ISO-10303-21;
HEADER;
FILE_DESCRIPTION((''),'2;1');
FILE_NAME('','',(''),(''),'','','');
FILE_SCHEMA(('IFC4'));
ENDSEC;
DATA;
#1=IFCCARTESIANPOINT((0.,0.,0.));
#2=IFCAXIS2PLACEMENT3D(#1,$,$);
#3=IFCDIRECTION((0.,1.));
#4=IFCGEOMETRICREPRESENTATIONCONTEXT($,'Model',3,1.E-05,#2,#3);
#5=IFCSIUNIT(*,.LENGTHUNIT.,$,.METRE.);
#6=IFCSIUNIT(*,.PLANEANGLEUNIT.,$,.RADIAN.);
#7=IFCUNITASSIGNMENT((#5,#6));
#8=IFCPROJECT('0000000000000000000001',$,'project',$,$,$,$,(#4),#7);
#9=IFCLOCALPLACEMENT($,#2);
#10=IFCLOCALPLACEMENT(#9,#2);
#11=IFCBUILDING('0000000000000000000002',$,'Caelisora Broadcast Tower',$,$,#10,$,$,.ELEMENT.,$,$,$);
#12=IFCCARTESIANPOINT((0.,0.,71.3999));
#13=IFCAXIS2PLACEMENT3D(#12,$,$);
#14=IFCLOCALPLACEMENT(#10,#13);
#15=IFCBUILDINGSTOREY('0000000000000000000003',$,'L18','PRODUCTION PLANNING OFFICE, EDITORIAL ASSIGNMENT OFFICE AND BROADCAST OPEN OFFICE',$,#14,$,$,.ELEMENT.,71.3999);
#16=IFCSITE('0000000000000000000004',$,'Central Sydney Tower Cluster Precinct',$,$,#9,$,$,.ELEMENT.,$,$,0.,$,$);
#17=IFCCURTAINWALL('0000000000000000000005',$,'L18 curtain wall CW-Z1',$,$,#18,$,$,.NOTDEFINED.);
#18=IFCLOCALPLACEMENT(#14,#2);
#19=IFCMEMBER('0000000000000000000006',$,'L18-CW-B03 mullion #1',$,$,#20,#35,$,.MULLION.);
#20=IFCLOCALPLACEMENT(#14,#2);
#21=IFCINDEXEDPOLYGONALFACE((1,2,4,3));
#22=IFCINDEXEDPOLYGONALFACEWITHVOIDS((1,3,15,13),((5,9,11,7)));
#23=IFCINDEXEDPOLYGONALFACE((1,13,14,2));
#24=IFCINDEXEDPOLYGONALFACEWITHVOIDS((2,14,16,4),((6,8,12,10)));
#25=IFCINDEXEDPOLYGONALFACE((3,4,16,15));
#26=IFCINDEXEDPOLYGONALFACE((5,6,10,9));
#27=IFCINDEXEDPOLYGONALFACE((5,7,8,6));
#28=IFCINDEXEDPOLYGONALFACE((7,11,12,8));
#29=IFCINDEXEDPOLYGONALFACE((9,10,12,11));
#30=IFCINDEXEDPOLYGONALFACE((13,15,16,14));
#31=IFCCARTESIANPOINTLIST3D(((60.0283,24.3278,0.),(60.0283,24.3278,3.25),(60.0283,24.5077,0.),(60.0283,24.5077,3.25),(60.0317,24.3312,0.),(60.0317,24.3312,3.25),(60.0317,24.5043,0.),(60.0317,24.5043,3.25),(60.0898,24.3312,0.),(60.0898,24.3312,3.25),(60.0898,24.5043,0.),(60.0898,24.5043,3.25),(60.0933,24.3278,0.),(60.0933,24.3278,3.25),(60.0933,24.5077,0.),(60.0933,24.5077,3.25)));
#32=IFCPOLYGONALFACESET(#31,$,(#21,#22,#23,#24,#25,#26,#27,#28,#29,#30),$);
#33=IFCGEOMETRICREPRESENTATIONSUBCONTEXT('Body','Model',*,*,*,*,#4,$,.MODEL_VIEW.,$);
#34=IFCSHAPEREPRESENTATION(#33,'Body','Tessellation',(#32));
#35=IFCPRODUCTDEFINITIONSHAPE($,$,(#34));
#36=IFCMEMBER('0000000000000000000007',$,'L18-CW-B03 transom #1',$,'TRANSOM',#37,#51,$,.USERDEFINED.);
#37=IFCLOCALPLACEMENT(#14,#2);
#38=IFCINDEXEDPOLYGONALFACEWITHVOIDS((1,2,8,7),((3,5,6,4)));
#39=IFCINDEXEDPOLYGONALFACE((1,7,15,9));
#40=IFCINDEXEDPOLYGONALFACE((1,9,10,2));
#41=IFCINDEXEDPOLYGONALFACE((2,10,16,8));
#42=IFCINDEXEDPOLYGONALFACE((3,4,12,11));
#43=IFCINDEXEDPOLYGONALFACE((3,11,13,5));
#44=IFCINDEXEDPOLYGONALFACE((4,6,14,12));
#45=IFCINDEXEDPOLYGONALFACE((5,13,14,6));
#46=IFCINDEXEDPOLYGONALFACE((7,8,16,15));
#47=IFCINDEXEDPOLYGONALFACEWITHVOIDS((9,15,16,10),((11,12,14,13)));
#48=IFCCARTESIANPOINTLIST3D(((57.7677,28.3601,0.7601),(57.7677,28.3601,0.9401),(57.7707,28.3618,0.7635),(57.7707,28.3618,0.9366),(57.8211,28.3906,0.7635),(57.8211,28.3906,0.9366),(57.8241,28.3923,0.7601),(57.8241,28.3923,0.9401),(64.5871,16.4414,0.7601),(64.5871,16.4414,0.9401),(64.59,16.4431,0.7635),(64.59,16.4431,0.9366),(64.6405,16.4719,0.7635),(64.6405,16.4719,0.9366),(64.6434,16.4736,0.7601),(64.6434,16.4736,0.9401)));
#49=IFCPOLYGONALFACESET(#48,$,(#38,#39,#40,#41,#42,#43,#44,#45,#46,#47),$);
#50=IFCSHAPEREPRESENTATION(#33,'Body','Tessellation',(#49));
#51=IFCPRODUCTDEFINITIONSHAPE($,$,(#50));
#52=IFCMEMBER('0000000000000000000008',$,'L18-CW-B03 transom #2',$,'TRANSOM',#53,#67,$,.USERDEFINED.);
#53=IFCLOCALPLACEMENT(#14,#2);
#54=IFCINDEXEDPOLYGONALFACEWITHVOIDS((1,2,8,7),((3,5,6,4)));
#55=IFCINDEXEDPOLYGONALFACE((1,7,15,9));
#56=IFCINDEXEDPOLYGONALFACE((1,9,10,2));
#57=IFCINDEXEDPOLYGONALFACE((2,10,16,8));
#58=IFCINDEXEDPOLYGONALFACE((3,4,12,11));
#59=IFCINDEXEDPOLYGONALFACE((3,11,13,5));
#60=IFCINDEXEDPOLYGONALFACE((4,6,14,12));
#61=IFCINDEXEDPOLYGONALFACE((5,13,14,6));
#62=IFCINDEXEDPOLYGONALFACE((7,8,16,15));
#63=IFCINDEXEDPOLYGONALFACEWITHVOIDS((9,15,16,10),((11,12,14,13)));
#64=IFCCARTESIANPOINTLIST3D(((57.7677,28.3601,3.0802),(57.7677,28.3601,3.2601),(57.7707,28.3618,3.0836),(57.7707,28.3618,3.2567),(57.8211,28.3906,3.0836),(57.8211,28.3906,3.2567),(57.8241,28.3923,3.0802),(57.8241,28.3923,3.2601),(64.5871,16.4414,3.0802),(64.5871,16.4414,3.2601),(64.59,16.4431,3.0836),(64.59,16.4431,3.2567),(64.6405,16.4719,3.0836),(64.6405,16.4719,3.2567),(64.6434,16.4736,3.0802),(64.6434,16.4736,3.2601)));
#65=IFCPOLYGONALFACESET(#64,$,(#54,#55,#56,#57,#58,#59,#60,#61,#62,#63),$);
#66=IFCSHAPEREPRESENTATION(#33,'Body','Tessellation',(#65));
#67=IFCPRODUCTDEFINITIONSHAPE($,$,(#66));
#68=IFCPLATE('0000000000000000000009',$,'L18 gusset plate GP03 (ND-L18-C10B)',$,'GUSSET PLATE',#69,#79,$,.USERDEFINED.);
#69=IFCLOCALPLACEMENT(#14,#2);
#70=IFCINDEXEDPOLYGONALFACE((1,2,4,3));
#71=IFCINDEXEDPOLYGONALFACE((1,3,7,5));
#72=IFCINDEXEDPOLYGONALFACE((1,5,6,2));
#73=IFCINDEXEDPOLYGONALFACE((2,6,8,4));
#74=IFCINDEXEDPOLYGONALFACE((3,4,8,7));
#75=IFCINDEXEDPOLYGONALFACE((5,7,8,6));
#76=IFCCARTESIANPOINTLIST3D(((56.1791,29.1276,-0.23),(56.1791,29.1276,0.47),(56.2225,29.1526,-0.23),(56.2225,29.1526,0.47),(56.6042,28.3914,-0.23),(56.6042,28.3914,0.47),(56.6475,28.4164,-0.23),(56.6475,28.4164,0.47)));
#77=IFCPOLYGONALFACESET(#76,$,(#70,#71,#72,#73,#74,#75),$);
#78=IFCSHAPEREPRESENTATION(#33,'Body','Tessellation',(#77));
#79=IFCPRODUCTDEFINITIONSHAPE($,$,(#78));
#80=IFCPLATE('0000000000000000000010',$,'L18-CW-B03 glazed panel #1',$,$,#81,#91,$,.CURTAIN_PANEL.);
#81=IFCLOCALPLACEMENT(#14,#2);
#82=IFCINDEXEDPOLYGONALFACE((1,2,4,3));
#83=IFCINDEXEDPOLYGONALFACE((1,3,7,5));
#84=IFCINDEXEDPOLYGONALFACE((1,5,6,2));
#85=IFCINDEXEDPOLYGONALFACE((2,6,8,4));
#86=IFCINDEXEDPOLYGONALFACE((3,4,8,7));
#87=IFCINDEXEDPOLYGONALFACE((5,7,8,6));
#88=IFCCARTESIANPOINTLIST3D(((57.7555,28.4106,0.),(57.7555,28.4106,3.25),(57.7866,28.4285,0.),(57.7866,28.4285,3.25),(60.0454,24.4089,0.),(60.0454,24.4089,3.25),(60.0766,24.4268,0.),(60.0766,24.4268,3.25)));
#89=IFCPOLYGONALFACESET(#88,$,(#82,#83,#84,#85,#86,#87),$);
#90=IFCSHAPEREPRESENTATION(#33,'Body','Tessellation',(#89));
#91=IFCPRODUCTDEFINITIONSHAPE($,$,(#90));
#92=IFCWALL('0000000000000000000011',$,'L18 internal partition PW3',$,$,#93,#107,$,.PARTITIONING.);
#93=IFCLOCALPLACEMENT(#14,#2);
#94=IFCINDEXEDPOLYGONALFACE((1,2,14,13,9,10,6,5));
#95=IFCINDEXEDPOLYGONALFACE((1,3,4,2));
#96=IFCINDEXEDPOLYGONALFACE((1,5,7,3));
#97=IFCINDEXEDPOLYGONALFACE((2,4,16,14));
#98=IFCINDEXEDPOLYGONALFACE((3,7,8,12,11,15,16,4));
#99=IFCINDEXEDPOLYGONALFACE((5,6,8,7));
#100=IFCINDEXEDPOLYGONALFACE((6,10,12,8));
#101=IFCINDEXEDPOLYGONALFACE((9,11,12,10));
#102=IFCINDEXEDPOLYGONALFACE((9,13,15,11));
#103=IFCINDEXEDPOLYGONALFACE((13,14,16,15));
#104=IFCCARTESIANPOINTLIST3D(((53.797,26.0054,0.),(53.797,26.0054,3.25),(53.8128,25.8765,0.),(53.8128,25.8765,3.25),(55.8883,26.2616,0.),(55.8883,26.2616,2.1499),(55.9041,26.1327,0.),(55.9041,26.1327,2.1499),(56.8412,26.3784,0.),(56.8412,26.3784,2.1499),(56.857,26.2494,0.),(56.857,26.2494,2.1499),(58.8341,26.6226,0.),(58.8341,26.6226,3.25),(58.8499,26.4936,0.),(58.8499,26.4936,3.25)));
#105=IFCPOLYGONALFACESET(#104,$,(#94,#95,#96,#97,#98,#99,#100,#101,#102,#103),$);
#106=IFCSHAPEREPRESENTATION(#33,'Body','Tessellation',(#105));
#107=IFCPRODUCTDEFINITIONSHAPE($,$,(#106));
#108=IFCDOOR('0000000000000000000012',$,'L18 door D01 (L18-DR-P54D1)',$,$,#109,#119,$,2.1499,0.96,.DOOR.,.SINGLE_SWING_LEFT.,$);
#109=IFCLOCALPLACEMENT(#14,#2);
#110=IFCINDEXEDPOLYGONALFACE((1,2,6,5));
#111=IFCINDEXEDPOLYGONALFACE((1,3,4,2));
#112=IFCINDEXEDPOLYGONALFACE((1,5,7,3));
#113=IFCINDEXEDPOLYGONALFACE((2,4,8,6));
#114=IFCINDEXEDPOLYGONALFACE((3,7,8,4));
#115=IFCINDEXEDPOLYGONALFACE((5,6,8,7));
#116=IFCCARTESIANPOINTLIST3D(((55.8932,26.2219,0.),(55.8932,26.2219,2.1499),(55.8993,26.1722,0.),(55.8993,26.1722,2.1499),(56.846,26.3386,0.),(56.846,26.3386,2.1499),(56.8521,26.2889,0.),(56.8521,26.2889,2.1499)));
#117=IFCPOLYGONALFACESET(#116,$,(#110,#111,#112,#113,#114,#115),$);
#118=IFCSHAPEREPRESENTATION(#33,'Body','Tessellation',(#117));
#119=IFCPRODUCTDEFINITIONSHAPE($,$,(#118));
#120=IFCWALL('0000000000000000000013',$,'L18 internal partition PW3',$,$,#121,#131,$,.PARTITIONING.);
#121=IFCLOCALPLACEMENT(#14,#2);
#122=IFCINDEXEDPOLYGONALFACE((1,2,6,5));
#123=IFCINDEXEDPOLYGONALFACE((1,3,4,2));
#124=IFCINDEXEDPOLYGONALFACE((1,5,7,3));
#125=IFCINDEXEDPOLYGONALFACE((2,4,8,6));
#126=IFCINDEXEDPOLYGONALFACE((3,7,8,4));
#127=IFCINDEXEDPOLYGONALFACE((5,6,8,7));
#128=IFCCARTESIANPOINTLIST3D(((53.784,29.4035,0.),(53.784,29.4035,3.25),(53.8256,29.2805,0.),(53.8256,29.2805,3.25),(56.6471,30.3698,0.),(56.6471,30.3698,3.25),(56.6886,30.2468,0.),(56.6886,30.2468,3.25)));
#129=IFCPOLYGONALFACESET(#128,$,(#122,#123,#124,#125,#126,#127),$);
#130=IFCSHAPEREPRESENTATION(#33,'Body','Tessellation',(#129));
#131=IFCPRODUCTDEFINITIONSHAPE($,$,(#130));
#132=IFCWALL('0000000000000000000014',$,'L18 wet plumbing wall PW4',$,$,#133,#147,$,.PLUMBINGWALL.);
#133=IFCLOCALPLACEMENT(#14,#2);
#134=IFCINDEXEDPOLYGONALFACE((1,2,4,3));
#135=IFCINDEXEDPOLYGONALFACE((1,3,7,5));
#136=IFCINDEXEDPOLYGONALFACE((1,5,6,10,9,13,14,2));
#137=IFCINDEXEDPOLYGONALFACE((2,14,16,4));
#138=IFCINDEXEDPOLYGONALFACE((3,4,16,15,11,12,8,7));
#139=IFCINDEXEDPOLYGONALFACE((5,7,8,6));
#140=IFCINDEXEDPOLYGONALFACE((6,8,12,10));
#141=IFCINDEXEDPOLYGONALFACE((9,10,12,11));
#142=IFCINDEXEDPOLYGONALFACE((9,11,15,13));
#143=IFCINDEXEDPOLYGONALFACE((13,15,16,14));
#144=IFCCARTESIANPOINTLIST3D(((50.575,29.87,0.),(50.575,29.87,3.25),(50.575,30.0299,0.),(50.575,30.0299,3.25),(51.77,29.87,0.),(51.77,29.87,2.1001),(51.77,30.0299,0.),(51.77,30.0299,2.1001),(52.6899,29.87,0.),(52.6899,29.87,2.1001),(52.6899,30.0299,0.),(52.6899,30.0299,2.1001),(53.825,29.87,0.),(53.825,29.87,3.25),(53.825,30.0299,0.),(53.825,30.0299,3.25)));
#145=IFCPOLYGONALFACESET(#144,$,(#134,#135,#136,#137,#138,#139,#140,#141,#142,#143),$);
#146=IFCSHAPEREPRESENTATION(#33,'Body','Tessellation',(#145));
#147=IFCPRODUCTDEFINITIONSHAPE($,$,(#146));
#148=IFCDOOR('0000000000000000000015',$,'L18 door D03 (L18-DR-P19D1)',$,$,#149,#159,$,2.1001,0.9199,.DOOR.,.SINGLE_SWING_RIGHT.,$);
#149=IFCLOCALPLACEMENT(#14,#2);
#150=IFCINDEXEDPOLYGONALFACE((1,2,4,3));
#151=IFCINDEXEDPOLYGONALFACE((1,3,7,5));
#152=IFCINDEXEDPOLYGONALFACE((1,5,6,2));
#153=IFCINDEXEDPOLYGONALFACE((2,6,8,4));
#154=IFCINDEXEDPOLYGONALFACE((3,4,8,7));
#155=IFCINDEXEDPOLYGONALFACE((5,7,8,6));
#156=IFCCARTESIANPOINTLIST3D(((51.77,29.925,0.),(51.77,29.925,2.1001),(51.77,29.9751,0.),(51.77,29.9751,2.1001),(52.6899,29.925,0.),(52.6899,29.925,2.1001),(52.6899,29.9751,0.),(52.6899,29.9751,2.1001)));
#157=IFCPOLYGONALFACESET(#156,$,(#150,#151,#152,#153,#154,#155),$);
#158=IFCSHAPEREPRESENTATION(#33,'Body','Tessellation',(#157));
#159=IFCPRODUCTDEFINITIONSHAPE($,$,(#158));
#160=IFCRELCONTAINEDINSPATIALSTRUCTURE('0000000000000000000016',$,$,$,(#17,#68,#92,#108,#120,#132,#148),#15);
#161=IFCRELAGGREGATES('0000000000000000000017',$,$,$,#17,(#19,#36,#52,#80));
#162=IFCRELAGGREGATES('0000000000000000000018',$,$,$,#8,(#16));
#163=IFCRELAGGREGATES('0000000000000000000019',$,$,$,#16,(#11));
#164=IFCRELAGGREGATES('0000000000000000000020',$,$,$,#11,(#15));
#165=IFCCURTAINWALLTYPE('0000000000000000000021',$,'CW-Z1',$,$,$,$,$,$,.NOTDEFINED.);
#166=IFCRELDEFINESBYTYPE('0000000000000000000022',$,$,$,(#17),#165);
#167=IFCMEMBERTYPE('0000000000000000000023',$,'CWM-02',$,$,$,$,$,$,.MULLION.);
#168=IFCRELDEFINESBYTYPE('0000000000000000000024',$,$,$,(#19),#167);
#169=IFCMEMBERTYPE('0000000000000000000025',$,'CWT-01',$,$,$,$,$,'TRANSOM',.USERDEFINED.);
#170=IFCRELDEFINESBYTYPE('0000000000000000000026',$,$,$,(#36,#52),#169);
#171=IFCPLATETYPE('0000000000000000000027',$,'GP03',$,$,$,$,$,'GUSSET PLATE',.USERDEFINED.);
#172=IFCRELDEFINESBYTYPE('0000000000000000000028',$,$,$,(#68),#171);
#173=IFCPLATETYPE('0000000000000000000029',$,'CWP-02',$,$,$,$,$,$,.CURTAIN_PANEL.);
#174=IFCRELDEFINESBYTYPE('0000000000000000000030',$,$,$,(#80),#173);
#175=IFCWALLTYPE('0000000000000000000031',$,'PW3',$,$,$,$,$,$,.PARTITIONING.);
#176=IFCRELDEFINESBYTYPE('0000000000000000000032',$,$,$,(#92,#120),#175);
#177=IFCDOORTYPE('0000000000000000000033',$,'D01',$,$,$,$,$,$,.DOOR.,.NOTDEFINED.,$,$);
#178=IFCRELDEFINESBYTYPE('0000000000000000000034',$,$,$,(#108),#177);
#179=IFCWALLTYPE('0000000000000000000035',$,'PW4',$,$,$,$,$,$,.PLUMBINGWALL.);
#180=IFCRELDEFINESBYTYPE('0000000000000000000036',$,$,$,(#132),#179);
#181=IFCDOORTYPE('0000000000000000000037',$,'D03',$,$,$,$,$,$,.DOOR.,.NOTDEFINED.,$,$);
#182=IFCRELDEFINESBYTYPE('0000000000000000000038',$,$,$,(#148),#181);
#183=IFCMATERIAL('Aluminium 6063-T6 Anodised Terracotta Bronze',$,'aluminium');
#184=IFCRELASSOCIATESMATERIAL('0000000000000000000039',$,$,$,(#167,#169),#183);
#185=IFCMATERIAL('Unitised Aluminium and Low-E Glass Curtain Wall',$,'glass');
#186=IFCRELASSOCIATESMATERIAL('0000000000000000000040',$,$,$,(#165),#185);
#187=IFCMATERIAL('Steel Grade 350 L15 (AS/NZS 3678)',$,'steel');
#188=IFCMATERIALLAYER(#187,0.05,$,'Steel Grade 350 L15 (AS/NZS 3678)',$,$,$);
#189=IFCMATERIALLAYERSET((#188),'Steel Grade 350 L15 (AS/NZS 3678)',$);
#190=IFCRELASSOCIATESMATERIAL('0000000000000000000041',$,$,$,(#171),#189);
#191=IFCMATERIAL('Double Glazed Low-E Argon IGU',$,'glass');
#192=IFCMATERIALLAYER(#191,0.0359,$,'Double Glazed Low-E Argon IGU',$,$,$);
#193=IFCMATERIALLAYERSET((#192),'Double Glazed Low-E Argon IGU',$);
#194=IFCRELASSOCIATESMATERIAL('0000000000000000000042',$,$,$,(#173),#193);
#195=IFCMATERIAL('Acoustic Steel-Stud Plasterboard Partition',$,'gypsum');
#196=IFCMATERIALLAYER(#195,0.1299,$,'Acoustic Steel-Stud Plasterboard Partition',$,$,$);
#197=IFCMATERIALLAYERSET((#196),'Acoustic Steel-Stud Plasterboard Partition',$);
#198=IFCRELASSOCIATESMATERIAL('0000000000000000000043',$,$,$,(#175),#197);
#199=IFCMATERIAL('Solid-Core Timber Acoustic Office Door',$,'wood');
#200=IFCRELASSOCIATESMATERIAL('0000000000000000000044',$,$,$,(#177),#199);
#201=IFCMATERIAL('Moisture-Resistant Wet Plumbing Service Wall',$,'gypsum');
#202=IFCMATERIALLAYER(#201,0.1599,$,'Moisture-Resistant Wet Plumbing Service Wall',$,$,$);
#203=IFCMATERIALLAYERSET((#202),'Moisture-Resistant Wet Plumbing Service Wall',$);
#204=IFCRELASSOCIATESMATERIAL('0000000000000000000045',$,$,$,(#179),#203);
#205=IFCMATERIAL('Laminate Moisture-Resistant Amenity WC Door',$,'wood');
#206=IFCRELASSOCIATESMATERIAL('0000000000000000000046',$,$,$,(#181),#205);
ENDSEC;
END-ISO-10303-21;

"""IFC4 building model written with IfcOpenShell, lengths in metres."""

from ifc_helpers import new_model, si_unit, direction, frame, frame_2d, origin, origin_2d, place, context, subcontext, project, spatial, rectangle, hollow_rectangle, extrude, source, transform, mapped, material, layer, layer_set, material_profile, profile_set, type_object, type_shapes, element, fill, aggregate, save


model = new_model("IFC4")

# Units and contexts
model_context = context("Model", 3, precision=1e-05, world=origin(), true_north=direction((0.0, 1.0)))
body_context = subcontext(model_context, "Body", "Model", "MODEL_VIEW")
ifc_project = project(units=[si_unit("LENGTHUNIT", "METRE"), si_unit("PLANEANGLEUNIT", "RADIAN")], contexts=[model_context])

# Site, building, storey
site_placement = place(None, origin())
site = spatial("IfcSite", under=ifc_project, at=site_placement, Name="Central Sydney Tower Cluster Precinct", CompositionType="ELEMENT", RefElevation=0.0)
building_placement = place(site_placement, origin())
building = spatial("IfcBuilding", under=site, at=building_placement, Name="Caelisora Broadcast Tower", CompositionType="ELEMENT")
storey_placement = place(building_placement, frame((0.0, 0.0, 71.3999)))
storey = spatial("IfcBuildingStorey", under=building, at=storey_placement, Name="L18", Description="PRODUCTION PLANNING OFFICE, EDITORIAL ASSIGNMENT OFFICE AND BROADCAST OPEN OFFICE", CompositionType="ELEMENT", Elevation=71.3999)

# Shared definitions
ifc_material_1 = material(Name="Steel Grade 350 L15 (AS/NZS 3678)", Category="steel")

# Shared definitions
ifc_material_2 = material(Name="Aluminium 6063-T6 Anodised Terracotta Bronze", Category="aluminium")
ifc_material_profile_1 = material_profile(ifc_material_2, hollow_rectangle(XDim=0.0649, YDim=0.1799, WallThickness=0.0034, at=origin_2d()), Name="Aluminium 6063-T6 Anodised Terracotta Bronze")
ifc_profile_set_1 = profile_set([ifc_material_profile_1], Name="Aluminium 6063-T6 Anodised Terracotta Bronze")
member_type_1 = type_object("IfcMemberType", Name="CWM-02", PredefinedType="MULLION", material=ifc_profile_set_1)
shared_shape_1 = source(origin(), body_context, "Body", "SweptSolid", [
    extrude(hollow_rectangle(XDim=0.0649, YDim=0.1799, WallThickness=0.0034, at=origin_2d()), origin(), (0.0, 0.0, 1.0), 3.25),
])
type_shapes(member_type_1, [shared_shape_1])

# Curtain wall, members
ifc_material_3 = material(Name="Unitised Aluminium and Low-E Glass Curtain Wall", Category="glass")
curtain_wall_type_1 = type_object("IfcCurtainWallType", Name="CW-Z1", PredefinedType="NOTDEFINED", material=ifc_material_3)
curtain_wall_1_placement = place(storey_placement, origin())
curtain_wall_1 = element("IfcCurtainWall", 1, at=curtain_wall_1_placement, inside=storey, type_object=curtain_wall_type_1, Name="L18 curtain wall CW-Z1", PredefinedType="NOTDEFINED")
member_1_placement = place(storey_placement, frame((60.0608, 24.4177, 0.0), z_axis=(0.0, 0.0, 1.0), x_axis=(1.0, 0.0, 0.0)))
member_1 = element("IfcMember", 2, at=member_1_placement, type_object=member_type_1, Name="L18-CW-B03 mullion #1", PredefinedType="MULLION", context=body_context, shape_type="MappedRepresentation", body=[
    mapped(shared_shape_1, transform((0.0, 0.0, 0.0), scale=1.0)),
])
ifc_material_profile_2 = material_profile(ifc_material_2, hollow_rectangle(XDim=0.0649, YDim=0.1799, WallThickness=0.0034, at=origin_2d()), Name="Aluminium 6063-T6 Anodised Terracotta Bronze")
ifc_profile_set_2 = profile_set([ifc_material_profile_2], Name="Aluminium 6063-T6 Anodised Terracotta Bronze")
member_type_2 = type_object("IfcMemberType", Name="CWT-01", ElementType="TRANSOM", PredefinedType="USERDEFINED", material=ifc_profile_set_2)
shared_shape_2 = source(origin(), body_context, "Body", "SweptSolid", [
    extrude(hollow_rectangle(XDim=0.0649, YDim=0.1799, WallThickness=0.0034, at=origin_2d()), origin(), (0.0, 0.0, 1.0), 13.7317),
])
type_shapes(member_type_2, [shared_shape_2])
member_2_placement = place(storey_placement, frame((57.7959, 28.3762, 0.8501), z_axis=(0.496614, -0.867972, 0.0), x_axis=(0.867972, 0.496614, 0.0)))
member_2 = element("IfcMember", 3, at=member_2_placement, type_object=member_type_2, Name="L18-CW-B03 transom #1", ObjectType="TRANSOM", PredefinedType="USERDEFINED", context=body_context, shape_type="MappedRepresentation", body=[
    mapped(shared_shape_2, transform((0.0, 0.0, 0.0), scale=1.0)),
])
member_3_placement = place(storey_placement, frame((57.7959, 28.3762, 3.1702), z_axis=(0.496614, -0.867972, 0.0), x_axis=(0.867972, 0.496614, 0.0)))
member_3 = element("IfcMember", 4, at=member_3_placement, type_object=member_type_2, Name="L18-CW-B03 transom #2", ObjectType="TRANSOM", PredefinedType="USERDEFINED", context=body_context, shape_type="MappedRepresentation", body=[
    mapped(shared_shape_2, transform((0.0, 0.0, 0.0), scale=1.0)),
])

# Plates
ifc_layer_1 = layer(ifc_material_1, 0.05, Name="Steel Grade 350 L15 (AS/NZS 3678)")
ifc_layer_set_1 = layer_set([ifc_layer_1], Name="Steel Grade 350 L15 (AS/NZS 3678)")
plate_type_1 = type_object("IfcPlateType", Name="GP03", ElementType="GUSSET PLATE", PredefinedType="USERDEFINED", material=ifc_layer_set_1)
shared_shape_3 = source(origin(), body_context, "Body", "SweptSolid", [
    extrude(rectangle(XDim=0.8501, YDim=0.05, at=origin_2d()), origin(), (0.0, 0.0, 1.0), 0.7),
])
type_shapes(plate_type_1, [shared_shape_3])
plate_1_placement = place(storey_placement, frame((56.4133, 28.772, -0.23), z_axis=(0.0, 0.0, 1.0), x_axis=(-0.5, 0.866025, 0.0)))
element("IfcPlate", 5, at=plate_1_placement, inside=storey, type_object=plate_type_1, Name="L18 gusset plate GP03 (ND-L18-C10B)", ObjectType="GUSSET PLATE", PredefinedType="USERDEFINED", context=body_context, shape_type="MappedRepresentation", body=[
    mapped(shared_shape_3, transform((0.0, 0.0, 0.0), scale=1.0)),
])
ifc_material_4 = material(Name="Double Glazed Low-E Argon IGU", Category="glass")
ifc_layer_2 = layer(ifc_material_4, 0.0359, Name="Double Glazed Low-E Argon IGU")
ifc_layer_set_2 = layer_set([ifc_layer_2], Name="Double Glazed Low-E Argon IGU")
plate_type_2 = type_object("IfcPlateType", Name="CWP-02", PredefinedType="CURTAIN_PANEL", material=ifc_layer_set_2)
shared_shape_4 = source(origin(), body_context, "Body", "SweptSolid", [
    extrude(rectangle(XDim=4.6106, YDim=0.0359, at=origin_2d()), origin(), (0.0, 0.0, 1.0), 3.25),
])
type_shapes(plate_type_2, [shared_shape_4])
plate_2_placement = place(storey_placement, frame((58.916, 26.4187, 0.0), z_axis=(0.0, 0.0, 1.0), x_axis=(0.496671, -0.867939, 0.0)))
plate_2 = element("IfcPlate", 6, at=plate_2_placement, type_object=plate_type_2, Name="L18-CW-B03 glazed panel #1", PredefinedType="CURTAIN_PANEL", context=body_context, shape_type="MappedRepresentation", body=[
    mapped(shared_shape_4, transform((0.0, 0.0, 0.0), scale=1.0)),
])
aggregate(curtain_wall_1, [member_1, member_2, member_3, plate_2])

# Wall, opening, door
ifc_material_5 = material(Name="Acoustic Steel-Stud Plasterboard Partition", Category="gypsum")
ifc_layer_3 = layer(ifc_material_5, 0.1299, Name="Acoustic Steel-Stud Plasterboard Partition")
ifc_layer_set_3 = layer_set([ifc_layer_3], Name="Acoustic Steel-Stud Plasterboard Partition")
wall_type_1 = type_object("IfcWallType", Name="PW3", PredefinedType="PARTITIONING", material=ifc_layer_set_3)
wall_1_placement = place(storey_placement, frame((53.8049, 25.9409, 0.0), z_axis=(0.0, 0.0, 1.0), x_axis=(0.992577, 0.121619, 0.0)))
wall_1 = element("IfcWall", 7, at=wall_1_placement, inside=storey, type_object=wall_type_1, Name="L18 internal partition PW3", PredefinedType="PARTITIONING", context=body_context, shape_type="SweptSolid", body=[
    extrude(rectangle(XDim=5.0747, YDim=0.1299, at=frame_2d((2.5374, 0.0))), origin(), (0.0, 0.0, 1.0), 3.25),
])
opening_1_placement = place(wall_1_placement, frame((2.1069, 0.0, 0.0)))
opening_1 = element("IfcOpeningElement", 8, at=opening_1_placement, cuts=wall_1, PredefinedType="OPENING", context=body_context, shape_type="SweptSolid", body=[
    extrude(rectangle(XDim=0.96, YDim=2.1499, at=frame_2d((0.48, 1.075))), frame((0.0, 0.0769, 0.0), z_axis=(0.0, -1.0, 0.0), x_axis=(1.0, 0.0, 0.0)), (0.0, 0.0, 1.0), 0.1538),
])
ifc_material_6 = material(Name="Solid-Core Timber Acoustic Office Door", Category="wood")
door_type_1 = type_object("IfcDoorType", Name="D01", OperationType="NOTDEFINED", PredefinedType="DOOR", material=ifc_material_6)
door_1_placement = place(opening_1_placement, origin())
door_1 = element("IfcDoor", 9, at=door_1_placement, inside=storey, type_object=door_type_1, Name="L18 door D01 (L18-DR-P54D1)", OperationType="SINGLE_SWING_LEFT", OverallHeight=2.1499, OverallWidth=0.96, PredefinedType="DOOR", context=body_context, shape_type="SweptSolid", body=[
    extrude(rectangle(XDim=0.96, YDim=2.1499, at=frame_2d((0.48, 1.075))), frame((0.0, 0.0249, 0.0), z_axis=(0.0, -1.0, 0.0), x_axis=(1.0, 0.0, 0.0)), (0.0, 0.0, 1.0), 0.05),
])
fill(opening_1, door_1)

# Wall
wall_2_placement = place(storey_placement, frame((53.8049, 29.342, 0.0), z_axis=(0.0, 0.0, 1.0), x_axis=(0.947489, 0.319789, 0.0)))
element("IfcWall", 10, at=wall_2_placement, inside=storey, type_object=wall_type_1, Name="L18 internal partition PW3", PredefinedType="PARTITIONING", context=body_context, shape_type="SweptSolid", body=[
    extrude(rectangle(XDim=3.0217, YDim=0.1299, at=frame_2d((1.5107, 0.0))), origin(), (0.0, 0.0, 1.0), 3.25),
])

# Wall, opening, door
ifc_material_7 = material(Name="Moisture-Resistant Wet Plumbing Service Wall", Category="gypsum")
ifc_layer_4 = layer(ifc_material_7, 0.1599, Name="Moisture-Resistant Wet Plumbing Service Wall")
ifc_layer_set_4 = layer_set([ifc_layer_4], Name="Moisture-Resistant Wet Plumbing Service Wall")
wall_type_2 = type_object("IfcWallType", Name="PW4", PredefinedType="PLUMBINGWALL", material=ifc_layer_set_4)
wall_3_placement = place(storey_placement, frame((53.825, 29.95, 0.0), z_axis=(0.0, 0.0, 1.0), x_axis=(-1.0, 0.0, 0.0)))
wall_3 = element("IfcWall", 11, at=wall_3_placement, inside=storey, type_object=wall_type_2, Name="L18 wet plumbing wall PW4", PredefinedType="PLUMBINGWALL", context=body_context, shape_type="SweptSolid", body=[
    extrude(rectangle(XDim=3.25, YDim=0.1599, at=frame_2d((1.625, 0.0))), origin(), (0.0, 0.0, 1.0), 3.25),
])
opening_2_placement = place(wall_3_placement, frame((1.135, 0.0, 0.0)))
opening_2 = element("IfcOpeningElement", 12, at=opening_2_placement, cuts=wall_3, PredefinedType="OPENING", context=body_context, shape_type="SweptSolid", body=[
    extrude(rectangle(XDim=0.9199, YDim=2.1001, at=frame_2d((0.46, 1.05))), frame((0.0, 0.092, 0.0), z_axis=(0.0, -1.0, 0.0), x_axis=(1.0, 0.0, 0.0)), (0.0, 0.0, 1.0), 0.1838),
])
ifc_material_8 = material(Name="Laminate Moisture-Resistant Amenity WC Door", Category="wood")
door_type_2 = type_object("IfcDoorType", Name="D03", OperationType="NOTDEFINED", PredefinedType="DOOR", material=ifc_material_8)
door_2_placement = place(opening_2_placement, origin())
door_2 = element("IfcDoor", 13, at=door_2_placement, inside=storey, type_object=door_type_2, Name="L18 door D03 (L18-DR-P19D1)", OperationType="SINGLE_SWING_RIGHT", OverallHeight=2.1001, OverallWidth=0.9199, PredefinedType="DOOR", context=body_context, shape_type="SweptSolid", body=[
    extrude(rectangle(XDim=0.9199, YDim=2.1001, at=frame_2d((0.46, 1.05))), frame((0.0, 0.0249, 0.0), z_axis=(0.0, -1.0, 0.0), x_axis=(1.0, 0.0, 0.0)), (0.0, 0.0, 1.0), 0.05),
])
fill(opening_2, door_2)

save(model, "model.ifc")
